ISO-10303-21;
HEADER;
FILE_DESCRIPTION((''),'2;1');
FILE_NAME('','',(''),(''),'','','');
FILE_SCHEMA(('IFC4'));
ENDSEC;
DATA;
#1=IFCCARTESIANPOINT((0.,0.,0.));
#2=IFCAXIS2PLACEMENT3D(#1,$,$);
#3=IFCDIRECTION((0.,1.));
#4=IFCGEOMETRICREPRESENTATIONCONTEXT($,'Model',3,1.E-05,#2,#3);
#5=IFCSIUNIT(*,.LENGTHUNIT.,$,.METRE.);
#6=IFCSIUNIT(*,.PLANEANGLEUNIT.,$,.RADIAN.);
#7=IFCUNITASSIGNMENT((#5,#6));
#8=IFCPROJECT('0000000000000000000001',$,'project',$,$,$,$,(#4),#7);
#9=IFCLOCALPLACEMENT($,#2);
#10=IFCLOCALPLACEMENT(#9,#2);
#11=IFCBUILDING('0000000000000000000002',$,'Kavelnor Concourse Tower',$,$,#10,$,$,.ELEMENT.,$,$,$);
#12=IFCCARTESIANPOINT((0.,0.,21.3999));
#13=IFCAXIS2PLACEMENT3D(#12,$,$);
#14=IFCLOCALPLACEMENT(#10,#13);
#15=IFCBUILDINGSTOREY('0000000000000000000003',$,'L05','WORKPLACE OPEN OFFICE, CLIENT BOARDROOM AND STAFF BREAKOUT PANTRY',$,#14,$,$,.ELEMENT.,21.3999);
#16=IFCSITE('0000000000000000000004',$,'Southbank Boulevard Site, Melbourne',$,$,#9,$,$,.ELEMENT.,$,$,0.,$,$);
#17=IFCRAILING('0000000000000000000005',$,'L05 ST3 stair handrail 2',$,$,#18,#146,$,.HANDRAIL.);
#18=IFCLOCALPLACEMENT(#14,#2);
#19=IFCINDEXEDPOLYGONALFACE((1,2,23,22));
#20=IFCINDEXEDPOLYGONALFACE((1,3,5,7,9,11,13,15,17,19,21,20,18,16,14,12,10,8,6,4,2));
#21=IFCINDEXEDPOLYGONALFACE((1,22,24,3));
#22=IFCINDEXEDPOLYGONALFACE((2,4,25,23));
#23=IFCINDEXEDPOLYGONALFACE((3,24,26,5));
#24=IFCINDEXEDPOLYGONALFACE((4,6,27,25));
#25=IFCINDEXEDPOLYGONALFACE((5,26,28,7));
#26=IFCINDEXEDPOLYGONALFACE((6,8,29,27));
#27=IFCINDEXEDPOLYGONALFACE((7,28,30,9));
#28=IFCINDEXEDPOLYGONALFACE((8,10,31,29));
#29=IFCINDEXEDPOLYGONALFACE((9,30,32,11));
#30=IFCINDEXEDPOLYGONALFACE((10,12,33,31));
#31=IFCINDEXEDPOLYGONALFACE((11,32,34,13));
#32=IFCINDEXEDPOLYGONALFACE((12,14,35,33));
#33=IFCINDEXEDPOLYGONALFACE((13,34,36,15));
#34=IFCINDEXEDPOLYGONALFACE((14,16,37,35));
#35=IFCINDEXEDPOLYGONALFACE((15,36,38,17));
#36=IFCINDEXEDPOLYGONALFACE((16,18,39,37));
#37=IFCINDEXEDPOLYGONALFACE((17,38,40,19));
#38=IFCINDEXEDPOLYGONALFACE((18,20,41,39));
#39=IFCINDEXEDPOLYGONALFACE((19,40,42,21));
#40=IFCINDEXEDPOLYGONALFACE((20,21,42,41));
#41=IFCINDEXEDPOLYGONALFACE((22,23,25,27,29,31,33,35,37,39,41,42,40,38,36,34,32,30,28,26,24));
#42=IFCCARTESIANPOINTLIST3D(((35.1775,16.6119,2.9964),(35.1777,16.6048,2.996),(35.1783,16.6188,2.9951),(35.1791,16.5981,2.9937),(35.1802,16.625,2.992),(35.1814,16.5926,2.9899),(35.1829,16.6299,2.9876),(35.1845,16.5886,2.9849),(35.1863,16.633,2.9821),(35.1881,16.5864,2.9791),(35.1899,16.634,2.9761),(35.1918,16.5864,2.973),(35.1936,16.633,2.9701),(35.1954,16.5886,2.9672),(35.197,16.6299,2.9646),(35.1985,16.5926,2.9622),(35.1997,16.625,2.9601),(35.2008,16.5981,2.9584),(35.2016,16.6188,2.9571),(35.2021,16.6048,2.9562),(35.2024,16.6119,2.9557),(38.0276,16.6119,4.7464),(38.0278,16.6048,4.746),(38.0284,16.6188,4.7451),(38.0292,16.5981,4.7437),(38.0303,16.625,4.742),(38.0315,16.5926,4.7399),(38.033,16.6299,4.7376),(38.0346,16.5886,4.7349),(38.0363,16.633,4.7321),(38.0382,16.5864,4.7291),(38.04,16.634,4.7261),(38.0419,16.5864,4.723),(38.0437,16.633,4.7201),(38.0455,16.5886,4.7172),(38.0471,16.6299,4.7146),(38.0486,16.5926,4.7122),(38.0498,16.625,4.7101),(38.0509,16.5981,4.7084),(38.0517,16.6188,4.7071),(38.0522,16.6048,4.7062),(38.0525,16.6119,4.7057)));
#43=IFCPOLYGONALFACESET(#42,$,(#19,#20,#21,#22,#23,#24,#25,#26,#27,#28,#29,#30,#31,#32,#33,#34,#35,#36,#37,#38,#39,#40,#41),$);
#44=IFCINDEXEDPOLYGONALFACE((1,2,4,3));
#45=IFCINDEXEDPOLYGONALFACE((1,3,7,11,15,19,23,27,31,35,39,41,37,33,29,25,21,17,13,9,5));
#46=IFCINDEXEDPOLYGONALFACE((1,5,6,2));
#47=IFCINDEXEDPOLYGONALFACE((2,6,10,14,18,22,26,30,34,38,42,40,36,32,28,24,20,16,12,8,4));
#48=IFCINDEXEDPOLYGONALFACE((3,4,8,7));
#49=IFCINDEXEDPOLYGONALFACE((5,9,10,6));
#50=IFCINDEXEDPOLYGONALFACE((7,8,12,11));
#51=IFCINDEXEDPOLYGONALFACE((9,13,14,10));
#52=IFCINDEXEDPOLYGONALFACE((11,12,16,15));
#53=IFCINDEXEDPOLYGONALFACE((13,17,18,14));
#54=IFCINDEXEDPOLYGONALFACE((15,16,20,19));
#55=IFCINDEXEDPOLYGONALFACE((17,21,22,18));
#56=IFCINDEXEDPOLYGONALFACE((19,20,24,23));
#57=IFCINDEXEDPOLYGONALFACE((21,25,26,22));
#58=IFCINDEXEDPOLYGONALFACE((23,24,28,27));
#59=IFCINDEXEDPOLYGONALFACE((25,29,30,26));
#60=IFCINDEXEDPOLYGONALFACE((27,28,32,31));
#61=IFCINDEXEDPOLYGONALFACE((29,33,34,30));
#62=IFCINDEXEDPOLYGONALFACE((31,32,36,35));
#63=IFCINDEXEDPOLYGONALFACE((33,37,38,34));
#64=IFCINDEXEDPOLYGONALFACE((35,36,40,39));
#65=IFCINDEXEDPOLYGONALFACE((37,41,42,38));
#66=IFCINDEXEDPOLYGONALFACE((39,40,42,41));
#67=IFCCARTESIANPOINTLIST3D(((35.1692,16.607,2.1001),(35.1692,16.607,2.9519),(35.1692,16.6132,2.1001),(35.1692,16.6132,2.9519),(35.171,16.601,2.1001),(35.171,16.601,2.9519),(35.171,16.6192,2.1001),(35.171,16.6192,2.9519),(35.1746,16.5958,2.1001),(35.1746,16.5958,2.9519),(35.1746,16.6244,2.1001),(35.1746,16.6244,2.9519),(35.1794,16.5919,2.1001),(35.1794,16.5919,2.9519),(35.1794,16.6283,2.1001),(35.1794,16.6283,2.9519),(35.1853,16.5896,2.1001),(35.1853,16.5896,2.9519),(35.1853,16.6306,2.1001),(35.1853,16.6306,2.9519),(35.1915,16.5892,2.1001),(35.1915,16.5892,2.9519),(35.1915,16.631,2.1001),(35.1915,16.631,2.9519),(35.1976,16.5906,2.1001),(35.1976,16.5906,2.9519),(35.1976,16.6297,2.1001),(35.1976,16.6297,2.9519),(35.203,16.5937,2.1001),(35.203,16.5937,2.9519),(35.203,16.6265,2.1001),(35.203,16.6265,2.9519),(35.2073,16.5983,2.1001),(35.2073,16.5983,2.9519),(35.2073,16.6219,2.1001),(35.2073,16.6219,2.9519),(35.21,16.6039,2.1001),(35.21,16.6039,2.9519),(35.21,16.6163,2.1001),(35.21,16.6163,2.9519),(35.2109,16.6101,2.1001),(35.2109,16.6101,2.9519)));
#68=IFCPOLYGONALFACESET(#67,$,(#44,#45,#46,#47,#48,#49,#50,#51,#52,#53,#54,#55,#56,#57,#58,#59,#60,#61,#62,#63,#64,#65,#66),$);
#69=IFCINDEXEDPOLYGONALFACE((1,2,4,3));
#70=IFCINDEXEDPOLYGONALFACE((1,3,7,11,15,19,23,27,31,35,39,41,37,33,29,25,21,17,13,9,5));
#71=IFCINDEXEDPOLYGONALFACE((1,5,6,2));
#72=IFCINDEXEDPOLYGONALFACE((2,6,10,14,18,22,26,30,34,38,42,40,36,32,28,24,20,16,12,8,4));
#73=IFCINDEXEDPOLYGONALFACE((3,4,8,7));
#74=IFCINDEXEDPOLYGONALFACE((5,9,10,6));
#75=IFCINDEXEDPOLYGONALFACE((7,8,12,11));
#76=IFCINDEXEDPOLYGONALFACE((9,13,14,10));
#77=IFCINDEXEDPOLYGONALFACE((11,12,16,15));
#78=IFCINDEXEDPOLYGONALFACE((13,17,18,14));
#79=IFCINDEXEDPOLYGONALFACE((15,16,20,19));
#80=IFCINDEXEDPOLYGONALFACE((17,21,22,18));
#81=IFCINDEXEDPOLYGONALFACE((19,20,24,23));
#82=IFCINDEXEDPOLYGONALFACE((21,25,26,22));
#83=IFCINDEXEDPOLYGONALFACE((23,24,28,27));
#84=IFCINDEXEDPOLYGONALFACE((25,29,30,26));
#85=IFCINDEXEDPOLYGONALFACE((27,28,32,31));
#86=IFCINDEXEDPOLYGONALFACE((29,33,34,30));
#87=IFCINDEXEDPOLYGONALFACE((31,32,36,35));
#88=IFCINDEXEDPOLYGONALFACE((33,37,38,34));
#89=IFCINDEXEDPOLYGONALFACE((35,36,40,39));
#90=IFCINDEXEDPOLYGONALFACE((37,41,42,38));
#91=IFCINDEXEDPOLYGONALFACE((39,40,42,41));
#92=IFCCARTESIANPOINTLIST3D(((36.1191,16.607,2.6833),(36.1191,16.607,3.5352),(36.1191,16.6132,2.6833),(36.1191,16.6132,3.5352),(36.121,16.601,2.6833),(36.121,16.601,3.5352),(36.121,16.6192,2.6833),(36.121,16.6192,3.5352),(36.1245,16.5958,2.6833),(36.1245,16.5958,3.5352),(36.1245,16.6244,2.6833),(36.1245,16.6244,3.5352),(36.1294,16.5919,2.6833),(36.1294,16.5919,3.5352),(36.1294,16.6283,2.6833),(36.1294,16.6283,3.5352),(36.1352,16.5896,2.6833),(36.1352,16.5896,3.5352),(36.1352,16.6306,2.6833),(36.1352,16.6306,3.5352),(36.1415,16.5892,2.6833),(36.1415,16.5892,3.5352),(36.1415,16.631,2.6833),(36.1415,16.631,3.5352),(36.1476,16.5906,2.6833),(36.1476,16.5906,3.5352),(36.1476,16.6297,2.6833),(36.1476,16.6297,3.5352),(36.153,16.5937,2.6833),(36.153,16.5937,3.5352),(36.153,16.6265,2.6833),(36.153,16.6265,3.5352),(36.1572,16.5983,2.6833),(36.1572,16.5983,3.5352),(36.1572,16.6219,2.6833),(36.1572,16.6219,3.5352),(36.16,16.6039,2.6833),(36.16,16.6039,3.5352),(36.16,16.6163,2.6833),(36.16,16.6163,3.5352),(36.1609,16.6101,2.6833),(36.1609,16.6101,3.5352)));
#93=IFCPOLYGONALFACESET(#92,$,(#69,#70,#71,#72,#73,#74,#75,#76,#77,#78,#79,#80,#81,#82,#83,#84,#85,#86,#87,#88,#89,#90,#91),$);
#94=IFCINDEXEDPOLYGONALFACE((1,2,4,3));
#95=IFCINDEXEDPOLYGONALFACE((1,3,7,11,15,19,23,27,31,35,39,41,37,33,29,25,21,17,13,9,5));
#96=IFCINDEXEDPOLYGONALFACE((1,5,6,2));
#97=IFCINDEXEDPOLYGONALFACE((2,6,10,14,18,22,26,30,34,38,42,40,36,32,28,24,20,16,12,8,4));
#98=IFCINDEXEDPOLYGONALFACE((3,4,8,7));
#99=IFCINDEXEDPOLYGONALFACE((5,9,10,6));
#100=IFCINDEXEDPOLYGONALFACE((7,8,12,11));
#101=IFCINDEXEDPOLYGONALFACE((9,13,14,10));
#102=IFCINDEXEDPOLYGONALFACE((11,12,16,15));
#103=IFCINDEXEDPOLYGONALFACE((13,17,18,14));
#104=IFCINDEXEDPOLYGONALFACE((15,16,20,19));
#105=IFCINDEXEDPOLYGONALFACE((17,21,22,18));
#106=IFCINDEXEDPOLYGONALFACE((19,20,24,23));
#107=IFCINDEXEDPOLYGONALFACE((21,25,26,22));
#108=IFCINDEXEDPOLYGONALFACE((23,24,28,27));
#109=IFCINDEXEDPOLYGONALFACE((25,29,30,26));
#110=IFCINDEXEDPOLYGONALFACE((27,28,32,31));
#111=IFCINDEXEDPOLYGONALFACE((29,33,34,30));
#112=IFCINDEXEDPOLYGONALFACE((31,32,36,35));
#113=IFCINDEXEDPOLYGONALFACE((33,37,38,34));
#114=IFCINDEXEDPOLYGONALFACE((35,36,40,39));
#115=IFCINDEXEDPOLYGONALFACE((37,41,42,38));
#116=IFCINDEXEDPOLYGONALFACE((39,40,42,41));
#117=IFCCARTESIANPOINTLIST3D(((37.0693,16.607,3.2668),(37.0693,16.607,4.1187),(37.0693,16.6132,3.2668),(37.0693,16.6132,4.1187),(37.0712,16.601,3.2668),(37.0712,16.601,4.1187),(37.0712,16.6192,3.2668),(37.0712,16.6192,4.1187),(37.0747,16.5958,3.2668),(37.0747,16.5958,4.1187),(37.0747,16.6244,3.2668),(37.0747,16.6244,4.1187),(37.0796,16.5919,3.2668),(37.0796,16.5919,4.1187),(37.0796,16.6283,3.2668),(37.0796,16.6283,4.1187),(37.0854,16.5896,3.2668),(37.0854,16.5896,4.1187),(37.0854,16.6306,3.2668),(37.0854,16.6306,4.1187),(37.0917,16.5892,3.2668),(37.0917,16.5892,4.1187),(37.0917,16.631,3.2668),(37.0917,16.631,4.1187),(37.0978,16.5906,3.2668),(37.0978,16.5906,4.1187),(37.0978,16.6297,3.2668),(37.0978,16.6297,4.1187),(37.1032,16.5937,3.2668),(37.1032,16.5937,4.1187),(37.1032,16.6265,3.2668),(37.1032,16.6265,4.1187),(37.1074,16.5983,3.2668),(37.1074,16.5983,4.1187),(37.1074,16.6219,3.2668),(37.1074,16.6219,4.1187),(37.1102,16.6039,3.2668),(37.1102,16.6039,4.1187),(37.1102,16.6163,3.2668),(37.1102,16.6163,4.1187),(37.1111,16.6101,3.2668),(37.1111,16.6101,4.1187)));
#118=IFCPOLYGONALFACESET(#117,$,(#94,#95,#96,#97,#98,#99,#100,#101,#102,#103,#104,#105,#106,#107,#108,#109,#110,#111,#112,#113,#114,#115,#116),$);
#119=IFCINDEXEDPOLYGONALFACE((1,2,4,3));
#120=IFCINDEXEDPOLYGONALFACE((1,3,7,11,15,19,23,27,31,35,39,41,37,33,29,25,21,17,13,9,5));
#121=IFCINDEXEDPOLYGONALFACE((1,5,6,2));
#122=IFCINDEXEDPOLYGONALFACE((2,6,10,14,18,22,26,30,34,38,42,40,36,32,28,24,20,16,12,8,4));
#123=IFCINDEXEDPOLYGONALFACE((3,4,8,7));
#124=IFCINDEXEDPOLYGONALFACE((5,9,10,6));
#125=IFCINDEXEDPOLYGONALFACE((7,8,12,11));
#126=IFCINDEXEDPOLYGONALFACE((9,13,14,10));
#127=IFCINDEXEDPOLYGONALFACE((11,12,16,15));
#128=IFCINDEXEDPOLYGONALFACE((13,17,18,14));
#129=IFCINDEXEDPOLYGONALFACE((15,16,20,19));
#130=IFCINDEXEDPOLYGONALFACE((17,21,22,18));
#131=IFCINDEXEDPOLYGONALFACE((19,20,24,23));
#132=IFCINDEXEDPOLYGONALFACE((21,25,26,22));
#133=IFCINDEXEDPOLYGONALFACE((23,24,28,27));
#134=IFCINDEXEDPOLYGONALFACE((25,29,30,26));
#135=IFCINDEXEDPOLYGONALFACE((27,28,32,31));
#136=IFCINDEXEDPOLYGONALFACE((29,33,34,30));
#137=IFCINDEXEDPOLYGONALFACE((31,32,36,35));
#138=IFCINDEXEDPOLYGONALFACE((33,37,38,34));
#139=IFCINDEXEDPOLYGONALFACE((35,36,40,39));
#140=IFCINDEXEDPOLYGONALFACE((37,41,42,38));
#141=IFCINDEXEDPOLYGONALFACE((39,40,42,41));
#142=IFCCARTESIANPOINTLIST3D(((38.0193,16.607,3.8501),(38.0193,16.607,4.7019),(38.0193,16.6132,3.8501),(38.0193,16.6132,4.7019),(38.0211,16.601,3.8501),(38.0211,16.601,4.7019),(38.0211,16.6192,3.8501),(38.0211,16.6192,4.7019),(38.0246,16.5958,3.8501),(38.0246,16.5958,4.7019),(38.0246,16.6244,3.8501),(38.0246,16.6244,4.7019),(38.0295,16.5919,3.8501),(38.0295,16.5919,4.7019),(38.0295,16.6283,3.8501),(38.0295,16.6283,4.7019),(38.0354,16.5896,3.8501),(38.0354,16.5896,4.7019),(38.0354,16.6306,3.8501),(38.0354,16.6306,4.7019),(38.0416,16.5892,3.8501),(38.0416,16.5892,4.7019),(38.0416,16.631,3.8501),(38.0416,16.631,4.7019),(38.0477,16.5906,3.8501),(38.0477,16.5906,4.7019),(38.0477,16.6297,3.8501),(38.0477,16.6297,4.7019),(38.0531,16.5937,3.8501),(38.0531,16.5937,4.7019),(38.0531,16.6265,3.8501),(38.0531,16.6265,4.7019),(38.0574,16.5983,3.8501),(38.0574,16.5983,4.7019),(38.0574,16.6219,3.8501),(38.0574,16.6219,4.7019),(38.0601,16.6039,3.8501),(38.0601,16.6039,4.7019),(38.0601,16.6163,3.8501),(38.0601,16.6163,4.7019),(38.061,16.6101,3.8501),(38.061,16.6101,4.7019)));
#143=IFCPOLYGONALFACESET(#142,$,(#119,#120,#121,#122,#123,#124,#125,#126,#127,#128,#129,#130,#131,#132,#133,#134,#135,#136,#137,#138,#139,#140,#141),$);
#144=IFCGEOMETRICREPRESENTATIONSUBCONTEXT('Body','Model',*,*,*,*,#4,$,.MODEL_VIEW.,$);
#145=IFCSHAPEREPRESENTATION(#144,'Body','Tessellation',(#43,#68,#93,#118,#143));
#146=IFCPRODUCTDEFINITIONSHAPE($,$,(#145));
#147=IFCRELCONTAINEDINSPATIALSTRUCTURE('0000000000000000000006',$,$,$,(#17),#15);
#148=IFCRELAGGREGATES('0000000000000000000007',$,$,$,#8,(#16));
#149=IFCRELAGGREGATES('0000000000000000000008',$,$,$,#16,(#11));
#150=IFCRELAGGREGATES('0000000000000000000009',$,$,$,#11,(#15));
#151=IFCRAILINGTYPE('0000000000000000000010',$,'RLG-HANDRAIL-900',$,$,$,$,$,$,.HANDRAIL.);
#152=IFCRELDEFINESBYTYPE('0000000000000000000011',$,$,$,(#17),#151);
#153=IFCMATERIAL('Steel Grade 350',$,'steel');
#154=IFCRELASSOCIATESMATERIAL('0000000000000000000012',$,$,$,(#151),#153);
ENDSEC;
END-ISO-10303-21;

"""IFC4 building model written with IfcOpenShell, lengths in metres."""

from ifc_helpers import new_model, si_unit, direction, frame, origin, origin_2d, place, context, subcontext, project, spatial, circle, extrude, material, type_object, element, save


model = new_model("IFC4")

# Units and contexts
model_context = context("Model", 3, precision=1e-05, world=origin(), true_north=direction((0.0, 1.0)))
body_context = subcontext(model_context, "Body", "Model", "MODEL_VIEW")
ifc_project = project(units=[si_unit("LENGTHUNIT", "METRE"), si_unit("PLANEANGLEUNIT", "RADIAN")], contexts=[model_context])

# Site, building, storey
site_placement = place(None, origin())
site = spatial("IfcSite", under=ifc_project, at=site_placement, Name="Southbank Boulevard Site, Melbourne", CompositionType="ELEMENT", RefElevation=0.0)
building_placement = place(site_placement, origin())
building = spatial("IfcBuilding", under=site, at=building_placement, Name="Kavelnor Concourse Tower", CompositionType="ELEMENT")
storey_placement = place(building_placement, frame((0.0, 0.0, 21.3999)))
storey = spatial("IfcBuildingStorey", under=building, at=storey_placement, Name="L05", Description="WORKPLACE OPEN OFFICE, CLIENT BOARDROOM AND STAFF BREAKOUT PANTRY", CompositionType="ELEMENT", Elevation=21.3999)

# Shared definitions
ifc_material_1 = material(Name="Steel Grade 350", Category="steel")

# Railing
railing_type_1 = type_object("IfcRailingType", Name="RLG-HANDRAIL-900", PredefinedType="HANDRAIL", material=ifc_material_1)
railing_1_placement = place(storey_placement, frame((35.1899, 16.6101, 2.1001)))
element("IfcRailing", 1, at=railing_1_placement, inside=storey, type_object=railing_type_1, Name="L05 ST3 stair handrail 2", PredefinedType="HANDRAIL", context=body_context, shape_type="SweptSolid", body=[
    extrude(circle(Radius=0.0239, at=origin_2d()), frame((0.0, 0.0, 0.876), z_axis=(0.852179, 0.0, 0.52325), x_axis=(0.0, 1.0, 0.0)), (0.0, 0.0, 1.0), 3.3445),
    extrude(circle(Radius=0.021, at=origin_2d()), origin(), (0.0, 0.0, 1.0), 0.8518),
    extrude(circle(Radius=0.021, at=origin_2d()), frame((0.95, 0.0, 0.5833)), (0.0, 0.0, 1.0), 0.8518),
    extrude(circle(Radius=0.021, at=origin_2d()), frame((1.9001, 0.0, 1.1667)), (0.0, 0.0, 1.0), 0.8518),
    extrude(circle(Radius=0.021, at=origin_2d()), frame((2.8501, 0.0, 1.75)), (0.0, 0.0, 1.0), 0.8518),
])

save(model, "model.ifc")
